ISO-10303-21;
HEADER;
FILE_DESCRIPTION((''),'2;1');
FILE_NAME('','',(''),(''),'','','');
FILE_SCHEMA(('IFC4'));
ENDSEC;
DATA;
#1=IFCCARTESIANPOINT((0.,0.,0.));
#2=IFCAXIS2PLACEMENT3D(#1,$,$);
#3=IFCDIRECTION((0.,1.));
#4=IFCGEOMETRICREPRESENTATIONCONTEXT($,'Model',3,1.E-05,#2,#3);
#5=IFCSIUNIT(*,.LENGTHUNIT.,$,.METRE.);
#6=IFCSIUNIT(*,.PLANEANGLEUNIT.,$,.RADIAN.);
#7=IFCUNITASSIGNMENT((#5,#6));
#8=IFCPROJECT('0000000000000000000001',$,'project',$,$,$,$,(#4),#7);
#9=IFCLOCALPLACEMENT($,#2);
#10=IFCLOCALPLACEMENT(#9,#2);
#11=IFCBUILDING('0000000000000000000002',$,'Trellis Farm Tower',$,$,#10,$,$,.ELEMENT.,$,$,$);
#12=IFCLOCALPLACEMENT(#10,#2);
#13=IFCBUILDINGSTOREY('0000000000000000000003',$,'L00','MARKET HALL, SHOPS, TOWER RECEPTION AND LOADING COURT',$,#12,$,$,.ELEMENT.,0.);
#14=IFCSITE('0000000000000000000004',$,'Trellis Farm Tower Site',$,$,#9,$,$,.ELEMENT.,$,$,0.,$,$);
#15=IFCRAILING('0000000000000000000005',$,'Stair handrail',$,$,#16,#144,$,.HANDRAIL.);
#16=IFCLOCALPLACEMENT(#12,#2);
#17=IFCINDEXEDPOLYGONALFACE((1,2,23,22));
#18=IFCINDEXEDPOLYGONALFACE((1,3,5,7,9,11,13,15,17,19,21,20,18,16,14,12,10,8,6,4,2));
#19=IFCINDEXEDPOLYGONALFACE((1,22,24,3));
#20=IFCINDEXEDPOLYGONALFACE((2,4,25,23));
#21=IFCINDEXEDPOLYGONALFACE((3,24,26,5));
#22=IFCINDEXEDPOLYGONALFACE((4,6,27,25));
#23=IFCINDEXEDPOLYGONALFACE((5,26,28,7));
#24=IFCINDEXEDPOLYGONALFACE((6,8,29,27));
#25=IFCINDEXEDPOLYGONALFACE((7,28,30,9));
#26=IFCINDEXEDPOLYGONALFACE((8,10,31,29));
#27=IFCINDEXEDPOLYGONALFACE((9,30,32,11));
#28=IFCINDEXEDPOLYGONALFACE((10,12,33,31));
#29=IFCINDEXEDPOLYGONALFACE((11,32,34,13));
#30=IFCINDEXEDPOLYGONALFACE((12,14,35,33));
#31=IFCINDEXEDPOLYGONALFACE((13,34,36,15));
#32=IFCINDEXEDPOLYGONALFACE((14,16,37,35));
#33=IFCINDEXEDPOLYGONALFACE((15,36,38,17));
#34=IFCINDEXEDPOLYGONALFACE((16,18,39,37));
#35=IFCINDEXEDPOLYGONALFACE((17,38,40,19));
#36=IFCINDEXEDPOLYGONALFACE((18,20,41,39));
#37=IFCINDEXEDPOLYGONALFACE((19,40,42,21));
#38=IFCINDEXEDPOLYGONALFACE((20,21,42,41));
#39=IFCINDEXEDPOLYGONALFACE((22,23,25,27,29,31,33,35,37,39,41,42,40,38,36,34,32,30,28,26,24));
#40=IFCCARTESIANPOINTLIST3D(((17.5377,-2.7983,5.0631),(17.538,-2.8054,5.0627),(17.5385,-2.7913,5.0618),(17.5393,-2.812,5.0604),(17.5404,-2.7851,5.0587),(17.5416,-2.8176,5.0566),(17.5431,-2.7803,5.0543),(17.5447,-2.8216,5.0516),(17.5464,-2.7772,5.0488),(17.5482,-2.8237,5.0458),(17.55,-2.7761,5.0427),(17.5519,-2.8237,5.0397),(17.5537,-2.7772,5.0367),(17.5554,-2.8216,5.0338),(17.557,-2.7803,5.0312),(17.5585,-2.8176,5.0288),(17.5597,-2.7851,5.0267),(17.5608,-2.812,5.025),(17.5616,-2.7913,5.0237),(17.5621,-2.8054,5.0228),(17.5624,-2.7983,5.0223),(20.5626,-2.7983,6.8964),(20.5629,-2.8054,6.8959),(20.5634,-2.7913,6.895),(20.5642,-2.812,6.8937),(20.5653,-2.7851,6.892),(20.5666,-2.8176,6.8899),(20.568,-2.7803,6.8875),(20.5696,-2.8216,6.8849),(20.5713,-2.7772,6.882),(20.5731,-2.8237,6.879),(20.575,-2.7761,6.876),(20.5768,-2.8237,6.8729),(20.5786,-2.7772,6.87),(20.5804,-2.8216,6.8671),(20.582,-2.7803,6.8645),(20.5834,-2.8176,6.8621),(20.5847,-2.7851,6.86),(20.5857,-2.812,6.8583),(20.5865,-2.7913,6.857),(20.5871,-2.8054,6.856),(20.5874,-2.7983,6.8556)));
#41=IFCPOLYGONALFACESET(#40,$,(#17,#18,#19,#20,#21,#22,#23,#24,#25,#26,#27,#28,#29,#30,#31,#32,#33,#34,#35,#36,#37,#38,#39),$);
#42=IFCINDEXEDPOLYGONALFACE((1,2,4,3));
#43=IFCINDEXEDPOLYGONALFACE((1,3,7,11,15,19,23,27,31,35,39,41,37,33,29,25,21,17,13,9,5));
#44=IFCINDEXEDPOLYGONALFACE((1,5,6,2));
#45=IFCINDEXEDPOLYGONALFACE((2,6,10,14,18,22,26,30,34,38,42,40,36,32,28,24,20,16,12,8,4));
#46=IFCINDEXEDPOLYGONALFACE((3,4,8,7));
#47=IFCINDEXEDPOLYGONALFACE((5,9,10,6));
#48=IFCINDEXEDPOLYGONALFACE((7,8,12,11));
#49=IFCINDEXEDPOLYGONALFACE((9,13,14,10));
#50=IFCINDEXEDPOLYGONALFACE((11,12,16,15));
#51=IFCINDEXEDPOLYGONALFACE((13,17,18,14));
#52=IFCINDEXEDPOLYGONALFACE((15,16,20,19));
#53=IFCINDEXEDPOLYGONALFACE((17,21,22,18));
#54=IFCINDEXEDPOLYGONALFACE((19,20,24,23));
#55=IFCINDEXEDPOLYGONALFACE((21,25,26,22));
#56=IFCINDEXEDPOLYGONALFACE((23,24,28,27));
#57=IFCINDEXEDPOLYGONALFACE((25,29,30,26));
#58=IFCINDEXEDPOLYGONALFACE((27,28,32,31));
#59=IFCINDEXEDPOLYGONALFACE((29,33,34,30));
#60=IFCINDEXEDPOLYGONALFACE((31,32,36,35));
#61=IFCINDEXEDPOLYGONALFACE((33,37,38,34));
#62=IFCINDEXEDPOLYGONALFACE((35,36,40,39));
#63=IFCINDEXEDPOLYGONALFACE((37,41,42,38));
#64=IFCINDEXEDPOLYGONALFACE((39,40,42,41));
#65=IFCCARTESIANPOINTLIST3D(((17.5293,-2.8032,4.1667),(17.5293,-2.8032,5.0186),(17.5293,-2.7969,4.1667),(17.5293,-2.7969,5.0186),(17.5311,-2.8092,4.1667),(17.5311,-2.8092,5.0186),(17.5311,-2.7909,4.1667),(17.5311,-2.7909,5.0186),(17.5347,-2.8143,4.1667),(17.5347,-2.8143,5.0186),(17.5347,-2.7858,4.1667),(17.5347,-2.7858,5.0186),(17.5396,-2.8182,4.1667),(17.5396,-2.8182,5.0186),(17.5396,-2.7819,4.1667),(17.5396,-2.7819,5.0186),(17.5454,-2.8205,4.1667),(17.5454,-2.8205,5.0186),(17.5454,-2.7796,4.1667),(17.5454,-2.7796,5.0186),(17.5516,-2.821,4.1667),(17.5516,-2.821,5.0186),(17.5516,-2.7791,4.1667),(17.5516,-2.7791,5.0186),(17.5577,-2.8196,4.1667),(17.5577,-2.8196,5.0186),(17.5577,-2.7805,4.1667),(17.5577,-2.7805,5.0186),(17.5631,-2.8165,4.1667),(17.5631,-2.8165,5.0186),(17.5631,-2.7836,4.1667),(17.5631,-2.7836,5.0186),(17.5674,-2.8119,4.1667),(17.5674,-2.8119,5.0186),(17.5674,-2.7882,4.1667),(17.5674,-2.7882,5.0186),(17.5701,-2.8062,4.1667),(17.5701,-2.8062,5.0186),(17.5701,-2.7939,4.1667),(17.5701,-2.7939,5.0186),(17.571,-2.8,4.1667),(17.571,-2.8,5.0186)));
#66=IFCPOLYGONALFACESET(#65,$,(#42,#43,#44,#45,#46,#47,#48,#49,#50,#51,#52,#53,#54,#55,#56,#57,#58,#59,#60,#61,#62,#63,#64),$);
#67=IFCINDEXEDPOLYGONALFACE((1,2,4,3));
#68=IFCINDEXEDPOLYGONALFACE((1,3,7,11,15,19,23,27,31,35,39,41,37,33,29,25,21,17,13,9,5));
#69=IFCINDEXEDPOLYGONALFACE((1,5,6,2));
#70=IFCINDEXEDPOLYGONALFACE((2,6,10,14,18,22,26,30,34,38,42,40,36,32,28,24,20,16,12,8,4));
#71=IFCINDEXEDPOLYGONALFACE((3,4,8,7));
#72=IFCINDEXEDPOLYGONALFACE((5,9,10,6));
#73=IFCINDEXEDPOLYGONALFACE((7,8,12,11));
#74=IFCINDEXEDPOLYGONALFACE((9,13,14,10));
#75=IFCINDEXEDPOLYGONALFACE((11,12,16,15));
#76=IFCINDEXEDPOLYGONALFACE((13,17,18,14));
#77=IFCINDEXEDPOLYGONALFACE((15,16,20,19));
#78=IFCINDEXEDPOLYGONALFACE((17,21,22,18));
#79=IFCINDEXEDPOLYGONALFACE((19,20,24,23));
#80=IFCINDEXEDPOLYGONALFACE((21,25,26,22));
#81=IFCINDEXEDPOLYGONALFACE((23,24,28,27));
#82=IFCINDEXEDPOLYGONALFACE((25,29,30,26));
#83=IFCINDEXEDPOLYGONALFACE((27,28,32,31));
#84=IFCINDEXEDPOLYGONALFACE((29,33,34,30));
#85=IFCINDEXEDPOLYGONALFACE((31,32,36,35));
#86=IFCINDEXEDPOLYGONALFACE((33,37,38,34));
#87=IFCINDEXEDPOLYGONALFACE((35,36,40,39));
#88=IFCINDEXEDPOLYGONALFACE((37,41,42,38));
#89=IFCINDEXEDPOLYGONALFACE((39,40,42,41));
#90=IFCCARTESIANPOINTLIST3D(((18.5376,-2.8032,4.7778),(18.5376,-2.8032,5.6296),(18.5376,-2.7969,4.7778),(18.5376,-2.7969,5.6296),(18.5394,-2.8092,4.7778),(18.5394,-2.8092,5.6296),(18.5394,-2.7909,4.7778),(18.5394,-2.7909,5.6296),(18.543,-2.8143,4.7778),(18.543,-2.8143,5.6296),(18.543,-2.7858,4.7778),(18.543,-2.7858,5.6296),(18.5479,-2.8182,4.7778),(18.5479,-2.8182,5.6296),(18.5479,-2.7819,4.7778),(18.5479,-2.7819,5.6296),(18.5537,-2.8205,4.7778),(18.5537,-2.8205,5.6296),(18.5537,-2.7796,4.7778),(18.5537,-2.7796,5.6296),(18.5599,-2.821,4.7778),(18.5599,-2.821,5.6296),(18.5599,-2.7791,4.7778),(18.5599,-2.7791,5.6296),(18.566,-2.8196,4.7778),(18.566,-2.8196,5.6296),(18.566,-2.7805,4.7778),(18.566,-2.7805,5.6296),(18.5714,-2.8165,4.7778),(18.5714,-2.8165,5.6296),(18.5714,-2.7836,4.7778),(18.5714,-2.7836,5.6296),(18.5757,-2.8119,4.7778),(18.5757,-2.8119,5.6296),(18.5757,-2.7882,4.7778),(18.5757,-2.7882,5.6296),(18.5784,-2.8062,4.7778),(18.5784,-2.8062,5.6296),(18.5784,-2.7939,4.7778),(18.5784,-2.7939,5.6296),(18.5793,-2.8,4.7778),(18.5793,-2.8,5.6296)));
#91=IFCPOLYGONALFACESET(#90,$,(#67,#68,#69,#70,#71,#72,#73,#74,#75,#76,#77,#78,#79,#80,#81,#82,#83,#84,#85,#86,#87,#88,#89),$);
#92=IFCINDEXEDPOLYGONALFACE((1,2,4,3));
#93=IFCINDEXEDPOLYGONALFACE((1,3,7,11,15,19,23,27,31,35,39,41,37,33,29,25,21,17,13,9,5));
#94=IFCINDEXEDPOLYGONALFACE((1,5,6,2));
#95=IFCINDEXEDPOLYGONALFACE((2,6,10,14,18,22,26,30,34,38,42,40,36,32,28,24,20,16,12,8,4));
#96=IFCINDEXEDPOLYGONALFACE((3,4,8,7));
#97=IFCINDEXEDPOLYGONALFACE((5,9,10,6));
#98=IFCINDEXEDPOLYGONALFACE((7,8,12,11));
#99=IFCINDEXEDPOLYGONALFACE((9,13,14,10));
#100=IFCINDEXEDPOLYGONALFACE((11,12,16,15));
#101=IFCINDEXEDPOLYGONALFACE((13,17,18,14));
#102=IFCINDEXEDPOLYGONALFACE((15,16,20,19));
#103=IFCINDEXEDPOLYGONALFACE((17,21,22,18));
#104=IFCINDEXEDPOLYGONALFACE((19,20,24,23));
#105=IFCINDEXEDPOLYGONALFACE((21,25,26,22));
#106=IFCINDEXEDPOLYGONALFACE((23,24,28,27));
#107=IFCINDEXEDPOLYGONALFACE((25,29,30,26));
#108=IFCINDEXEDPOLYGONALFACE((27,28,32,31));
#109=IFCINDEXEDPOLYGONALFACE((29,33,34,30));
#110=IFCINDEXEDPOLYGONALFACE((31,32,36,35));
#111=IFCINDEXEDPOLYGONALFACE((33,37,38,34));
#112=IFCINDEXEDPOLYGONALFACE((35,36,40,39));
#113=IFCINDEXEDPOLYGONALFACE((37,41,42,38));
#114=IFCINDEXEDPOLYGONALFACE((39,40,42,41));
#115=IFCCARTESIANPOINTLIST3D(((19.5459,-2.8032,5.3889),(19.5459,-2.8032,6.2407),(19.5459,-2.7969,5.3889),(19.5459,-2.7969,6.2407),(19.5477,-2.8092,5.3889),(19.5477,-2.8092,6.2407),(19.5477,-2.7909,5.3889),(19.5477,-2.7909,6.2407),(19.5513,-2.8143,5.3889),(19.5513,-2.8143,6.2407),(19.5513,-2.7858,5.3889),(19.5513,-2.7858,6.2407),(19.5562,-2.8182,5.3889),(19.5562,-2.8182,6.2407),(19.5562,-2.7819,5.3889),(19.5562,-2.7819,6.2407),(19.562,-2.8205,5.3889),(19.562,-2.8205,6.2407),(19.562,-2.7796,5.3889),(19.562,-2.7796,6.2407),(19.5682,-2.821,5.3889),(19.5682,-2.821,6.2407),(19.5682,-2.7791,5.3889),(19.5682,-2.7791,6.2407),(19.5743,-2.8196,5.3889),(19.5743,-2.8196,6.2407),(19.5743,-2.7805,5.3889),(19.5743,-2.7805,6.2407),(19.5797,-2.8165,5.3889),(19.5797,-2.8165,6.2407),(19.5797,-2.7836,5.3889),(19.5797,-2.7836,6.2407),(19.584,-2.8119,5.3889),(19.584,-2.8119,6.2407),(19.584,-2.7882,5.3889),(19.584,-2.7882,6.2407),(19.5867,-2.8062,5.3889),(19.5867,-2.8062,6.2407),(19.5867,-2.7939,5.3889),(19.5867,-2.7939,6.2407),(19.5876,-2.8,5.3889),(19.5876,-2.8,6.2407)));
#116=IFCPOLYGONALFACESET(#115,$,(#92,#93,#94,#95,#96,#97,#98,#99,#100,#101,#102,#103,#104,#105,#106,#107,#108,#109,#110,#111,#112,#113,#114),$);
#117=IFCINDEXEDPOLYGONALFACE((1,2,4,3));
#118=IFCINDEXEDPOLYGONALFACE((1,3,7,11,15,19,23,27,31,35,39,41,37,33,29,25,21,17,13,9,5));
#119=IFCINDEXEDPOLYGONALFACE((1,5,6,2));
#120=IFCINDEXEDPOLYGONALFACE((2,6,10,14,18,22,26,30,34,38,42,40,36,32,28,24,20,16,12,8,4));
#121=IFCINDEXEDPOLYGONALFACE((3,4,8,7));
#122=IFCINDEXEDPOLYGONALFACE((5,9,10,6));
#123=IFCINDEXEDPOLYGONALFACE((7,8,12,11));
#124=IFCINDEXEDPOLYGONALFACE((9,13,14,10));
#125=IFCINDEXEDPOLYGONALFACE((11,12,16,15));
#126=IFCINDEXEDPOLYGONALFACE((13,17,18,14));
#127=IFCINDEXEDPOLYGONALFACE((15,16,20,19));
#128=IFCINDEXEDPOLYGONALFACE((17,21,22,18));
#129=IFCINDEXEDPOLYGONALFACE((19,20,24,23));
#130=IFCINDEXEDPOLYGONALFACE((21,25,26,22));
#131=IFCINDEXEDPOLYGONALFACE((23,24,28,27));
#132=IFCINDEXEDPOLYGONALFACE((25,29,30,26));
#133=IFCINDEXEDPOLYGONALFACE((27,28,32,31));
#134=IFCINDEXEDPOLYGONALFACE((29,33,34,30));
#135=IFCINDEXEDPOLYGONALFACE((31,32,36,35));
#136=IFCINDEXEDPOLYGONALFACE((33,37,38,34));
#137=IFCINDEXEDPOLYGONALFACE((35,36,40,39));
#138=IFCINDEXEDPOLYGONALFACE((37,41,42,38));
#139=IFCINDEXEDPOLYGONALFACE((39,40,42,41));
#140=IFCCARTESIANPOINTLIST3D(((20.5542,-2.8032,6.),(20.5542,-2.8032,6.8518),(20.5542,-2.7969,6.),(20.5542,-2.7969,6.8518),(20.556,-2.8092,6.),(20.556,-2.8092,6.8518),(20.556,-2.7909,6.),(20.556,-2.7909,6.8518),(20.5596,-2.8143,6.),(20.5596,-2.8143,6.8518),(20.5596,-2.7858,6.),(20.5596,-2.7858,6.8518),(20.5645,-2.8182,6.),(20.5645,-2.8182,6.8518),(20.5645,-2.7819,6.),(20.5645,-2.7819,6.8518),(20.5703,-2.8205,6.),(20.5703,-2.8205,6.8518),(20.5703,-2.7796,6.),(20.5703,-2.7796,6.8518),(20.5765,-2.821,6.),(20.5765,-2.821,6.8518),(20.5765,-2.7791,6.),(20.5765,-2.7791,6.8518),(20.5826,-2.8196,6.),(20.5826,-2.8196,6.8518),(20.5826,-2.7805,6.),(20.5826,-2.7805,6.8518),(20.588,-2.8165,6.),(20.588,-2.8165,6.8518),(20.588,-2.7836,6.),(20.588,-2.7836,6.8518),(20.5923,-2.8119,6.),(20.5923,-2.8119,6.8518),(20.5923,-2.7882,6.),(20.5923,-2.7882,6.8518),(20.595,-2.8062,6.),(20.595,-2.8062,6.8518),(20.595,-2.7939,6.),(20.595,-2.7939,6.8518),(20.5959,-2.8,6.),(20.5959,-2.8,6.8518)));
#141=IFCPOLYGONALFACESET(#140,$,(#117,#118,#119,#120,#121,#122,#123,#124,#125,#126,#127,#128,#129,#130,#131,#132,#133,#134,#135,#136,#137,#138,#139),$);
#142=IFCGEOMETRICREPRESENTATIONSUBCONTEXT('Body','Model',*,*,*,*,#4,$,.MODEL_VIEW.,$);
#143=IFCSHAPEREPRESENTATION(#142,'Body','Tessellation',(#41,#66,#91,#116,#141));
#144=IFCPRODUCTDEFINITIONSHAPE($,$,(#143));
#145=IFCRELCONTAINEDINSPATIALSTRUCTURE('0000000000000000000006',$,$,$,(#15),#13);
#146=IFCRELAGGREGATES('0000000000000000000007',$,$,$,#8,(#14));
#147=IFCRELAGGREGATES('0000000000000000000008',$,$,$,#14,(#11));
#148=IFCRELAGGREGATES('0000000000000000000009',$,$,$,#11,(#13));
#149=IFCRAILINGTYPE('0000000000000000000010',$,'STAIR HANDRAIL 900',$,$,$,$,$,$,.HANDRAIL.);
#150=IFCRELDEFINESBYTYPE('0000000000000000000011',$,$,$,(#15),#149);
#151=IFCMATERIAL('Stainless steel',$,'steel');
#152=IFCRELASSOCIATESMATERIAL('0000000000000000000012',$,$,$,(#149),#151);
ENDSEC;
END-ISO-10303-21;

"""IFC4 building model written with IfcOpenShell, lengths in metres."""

from ifc_helpers import new_model, si_unit, direction, frame, origin, origin_2d, place, context, subcontext, project, spatial, circle, extrude, source, transform, mapped, material, type_object, element, save


model = new_model("IFC4")

# Units and contexts
model_context = context("Model", 3, precision=1e-05, world=origin(), true_north=direction((0.0, 1.0)))
body_context = subcontext(model_context, "Body", "Model", "MODEL_VIEW")
ifc_project = project(units=[si_unit("LENGTHUNIT", "METRE"), si_unit("PLANEANGLEUNIT", "RADIAN")], contexts=[model_context])

# Site, building, storey
site_placement = place(None, origin())
site = spatial("IfcSite", under=ifc_project, at=site_placement, Name="Trellis Farm Tower Site", CompositionType="ELEMENT", RefElevation=0.0)
building_placement = place(site_placement, origin())
building = spatial("IfcBuilding", under=site, at=building_placement, Name="Trellis Farm Tower", CompositionType="ELEMENT")
storey_placement = place(building_placement, origin())
storey = spatial("IfcBuildingStorey", under=building, at=storey_placement, Name="L00", Description="MARKET HALL, SHOPS, TOWER RECEPTION AND LOADING COURT", CompositionType="ELEMENT", Elevation=0.0)

# Railing
ifc_material_1 = material(Name="Stainless steel", Category="steel")
railing_type = type_object("IfcRailingType", Name="STAIR HANDRAIL 900", PredefinedType="HANDRAIL", material=ifc_material_1)
shared_shape_1 = source(origin(), body_context, "Body", "SweptSolid", [
    extrude(circle(Radius=0.0239, at=origin_2d()), frame((0.0, 0.0, 0.876), z_axis=(0.855201, 0.0, 0.518297), x_axis=(0.0, 1.0, 0.0)), (0.0, 0.0, 1.0), 3.5371),
    extrude(circle(Radius=0.021, at=origin_2d()), origin(), (0.0, 0.0, 1.0), 0.8518),
    extrude(circle(Radius=0.021, at=origin_2d()), frame((1.0083, 0.0, 0.6111)), (0.0, 0.0, 1.0), 0.8518),
    extrude(circle(Radius=0.021, at=origin_2d()), frame((2.0166, 0.0, 1.2222)), (0.0, 0.0, 1.0), 0.8518),
    extrude(circle(Radius=0.021, at=origin_2d()), frame((3.0249, 0.0, 1.8333)), (0.0, 0.0, 1.0), 0.8518),
])
for number, where, name in (
    (1, (17.55, -2.8, 4.1667), "Stair handrail"),
):
    element("IfcRailing", number, at=place(storey_placement, frame(where)), inside=storey, type_object=railing_type, Name=name, PredefinedType="HANDRAIL", context=body_context, shape_type="MappedRepresentation", body=[
        mapped(shared_shape_1, transform((0.0, 0.0, 0.0))),
    ])

save(model, "model.ifc")
